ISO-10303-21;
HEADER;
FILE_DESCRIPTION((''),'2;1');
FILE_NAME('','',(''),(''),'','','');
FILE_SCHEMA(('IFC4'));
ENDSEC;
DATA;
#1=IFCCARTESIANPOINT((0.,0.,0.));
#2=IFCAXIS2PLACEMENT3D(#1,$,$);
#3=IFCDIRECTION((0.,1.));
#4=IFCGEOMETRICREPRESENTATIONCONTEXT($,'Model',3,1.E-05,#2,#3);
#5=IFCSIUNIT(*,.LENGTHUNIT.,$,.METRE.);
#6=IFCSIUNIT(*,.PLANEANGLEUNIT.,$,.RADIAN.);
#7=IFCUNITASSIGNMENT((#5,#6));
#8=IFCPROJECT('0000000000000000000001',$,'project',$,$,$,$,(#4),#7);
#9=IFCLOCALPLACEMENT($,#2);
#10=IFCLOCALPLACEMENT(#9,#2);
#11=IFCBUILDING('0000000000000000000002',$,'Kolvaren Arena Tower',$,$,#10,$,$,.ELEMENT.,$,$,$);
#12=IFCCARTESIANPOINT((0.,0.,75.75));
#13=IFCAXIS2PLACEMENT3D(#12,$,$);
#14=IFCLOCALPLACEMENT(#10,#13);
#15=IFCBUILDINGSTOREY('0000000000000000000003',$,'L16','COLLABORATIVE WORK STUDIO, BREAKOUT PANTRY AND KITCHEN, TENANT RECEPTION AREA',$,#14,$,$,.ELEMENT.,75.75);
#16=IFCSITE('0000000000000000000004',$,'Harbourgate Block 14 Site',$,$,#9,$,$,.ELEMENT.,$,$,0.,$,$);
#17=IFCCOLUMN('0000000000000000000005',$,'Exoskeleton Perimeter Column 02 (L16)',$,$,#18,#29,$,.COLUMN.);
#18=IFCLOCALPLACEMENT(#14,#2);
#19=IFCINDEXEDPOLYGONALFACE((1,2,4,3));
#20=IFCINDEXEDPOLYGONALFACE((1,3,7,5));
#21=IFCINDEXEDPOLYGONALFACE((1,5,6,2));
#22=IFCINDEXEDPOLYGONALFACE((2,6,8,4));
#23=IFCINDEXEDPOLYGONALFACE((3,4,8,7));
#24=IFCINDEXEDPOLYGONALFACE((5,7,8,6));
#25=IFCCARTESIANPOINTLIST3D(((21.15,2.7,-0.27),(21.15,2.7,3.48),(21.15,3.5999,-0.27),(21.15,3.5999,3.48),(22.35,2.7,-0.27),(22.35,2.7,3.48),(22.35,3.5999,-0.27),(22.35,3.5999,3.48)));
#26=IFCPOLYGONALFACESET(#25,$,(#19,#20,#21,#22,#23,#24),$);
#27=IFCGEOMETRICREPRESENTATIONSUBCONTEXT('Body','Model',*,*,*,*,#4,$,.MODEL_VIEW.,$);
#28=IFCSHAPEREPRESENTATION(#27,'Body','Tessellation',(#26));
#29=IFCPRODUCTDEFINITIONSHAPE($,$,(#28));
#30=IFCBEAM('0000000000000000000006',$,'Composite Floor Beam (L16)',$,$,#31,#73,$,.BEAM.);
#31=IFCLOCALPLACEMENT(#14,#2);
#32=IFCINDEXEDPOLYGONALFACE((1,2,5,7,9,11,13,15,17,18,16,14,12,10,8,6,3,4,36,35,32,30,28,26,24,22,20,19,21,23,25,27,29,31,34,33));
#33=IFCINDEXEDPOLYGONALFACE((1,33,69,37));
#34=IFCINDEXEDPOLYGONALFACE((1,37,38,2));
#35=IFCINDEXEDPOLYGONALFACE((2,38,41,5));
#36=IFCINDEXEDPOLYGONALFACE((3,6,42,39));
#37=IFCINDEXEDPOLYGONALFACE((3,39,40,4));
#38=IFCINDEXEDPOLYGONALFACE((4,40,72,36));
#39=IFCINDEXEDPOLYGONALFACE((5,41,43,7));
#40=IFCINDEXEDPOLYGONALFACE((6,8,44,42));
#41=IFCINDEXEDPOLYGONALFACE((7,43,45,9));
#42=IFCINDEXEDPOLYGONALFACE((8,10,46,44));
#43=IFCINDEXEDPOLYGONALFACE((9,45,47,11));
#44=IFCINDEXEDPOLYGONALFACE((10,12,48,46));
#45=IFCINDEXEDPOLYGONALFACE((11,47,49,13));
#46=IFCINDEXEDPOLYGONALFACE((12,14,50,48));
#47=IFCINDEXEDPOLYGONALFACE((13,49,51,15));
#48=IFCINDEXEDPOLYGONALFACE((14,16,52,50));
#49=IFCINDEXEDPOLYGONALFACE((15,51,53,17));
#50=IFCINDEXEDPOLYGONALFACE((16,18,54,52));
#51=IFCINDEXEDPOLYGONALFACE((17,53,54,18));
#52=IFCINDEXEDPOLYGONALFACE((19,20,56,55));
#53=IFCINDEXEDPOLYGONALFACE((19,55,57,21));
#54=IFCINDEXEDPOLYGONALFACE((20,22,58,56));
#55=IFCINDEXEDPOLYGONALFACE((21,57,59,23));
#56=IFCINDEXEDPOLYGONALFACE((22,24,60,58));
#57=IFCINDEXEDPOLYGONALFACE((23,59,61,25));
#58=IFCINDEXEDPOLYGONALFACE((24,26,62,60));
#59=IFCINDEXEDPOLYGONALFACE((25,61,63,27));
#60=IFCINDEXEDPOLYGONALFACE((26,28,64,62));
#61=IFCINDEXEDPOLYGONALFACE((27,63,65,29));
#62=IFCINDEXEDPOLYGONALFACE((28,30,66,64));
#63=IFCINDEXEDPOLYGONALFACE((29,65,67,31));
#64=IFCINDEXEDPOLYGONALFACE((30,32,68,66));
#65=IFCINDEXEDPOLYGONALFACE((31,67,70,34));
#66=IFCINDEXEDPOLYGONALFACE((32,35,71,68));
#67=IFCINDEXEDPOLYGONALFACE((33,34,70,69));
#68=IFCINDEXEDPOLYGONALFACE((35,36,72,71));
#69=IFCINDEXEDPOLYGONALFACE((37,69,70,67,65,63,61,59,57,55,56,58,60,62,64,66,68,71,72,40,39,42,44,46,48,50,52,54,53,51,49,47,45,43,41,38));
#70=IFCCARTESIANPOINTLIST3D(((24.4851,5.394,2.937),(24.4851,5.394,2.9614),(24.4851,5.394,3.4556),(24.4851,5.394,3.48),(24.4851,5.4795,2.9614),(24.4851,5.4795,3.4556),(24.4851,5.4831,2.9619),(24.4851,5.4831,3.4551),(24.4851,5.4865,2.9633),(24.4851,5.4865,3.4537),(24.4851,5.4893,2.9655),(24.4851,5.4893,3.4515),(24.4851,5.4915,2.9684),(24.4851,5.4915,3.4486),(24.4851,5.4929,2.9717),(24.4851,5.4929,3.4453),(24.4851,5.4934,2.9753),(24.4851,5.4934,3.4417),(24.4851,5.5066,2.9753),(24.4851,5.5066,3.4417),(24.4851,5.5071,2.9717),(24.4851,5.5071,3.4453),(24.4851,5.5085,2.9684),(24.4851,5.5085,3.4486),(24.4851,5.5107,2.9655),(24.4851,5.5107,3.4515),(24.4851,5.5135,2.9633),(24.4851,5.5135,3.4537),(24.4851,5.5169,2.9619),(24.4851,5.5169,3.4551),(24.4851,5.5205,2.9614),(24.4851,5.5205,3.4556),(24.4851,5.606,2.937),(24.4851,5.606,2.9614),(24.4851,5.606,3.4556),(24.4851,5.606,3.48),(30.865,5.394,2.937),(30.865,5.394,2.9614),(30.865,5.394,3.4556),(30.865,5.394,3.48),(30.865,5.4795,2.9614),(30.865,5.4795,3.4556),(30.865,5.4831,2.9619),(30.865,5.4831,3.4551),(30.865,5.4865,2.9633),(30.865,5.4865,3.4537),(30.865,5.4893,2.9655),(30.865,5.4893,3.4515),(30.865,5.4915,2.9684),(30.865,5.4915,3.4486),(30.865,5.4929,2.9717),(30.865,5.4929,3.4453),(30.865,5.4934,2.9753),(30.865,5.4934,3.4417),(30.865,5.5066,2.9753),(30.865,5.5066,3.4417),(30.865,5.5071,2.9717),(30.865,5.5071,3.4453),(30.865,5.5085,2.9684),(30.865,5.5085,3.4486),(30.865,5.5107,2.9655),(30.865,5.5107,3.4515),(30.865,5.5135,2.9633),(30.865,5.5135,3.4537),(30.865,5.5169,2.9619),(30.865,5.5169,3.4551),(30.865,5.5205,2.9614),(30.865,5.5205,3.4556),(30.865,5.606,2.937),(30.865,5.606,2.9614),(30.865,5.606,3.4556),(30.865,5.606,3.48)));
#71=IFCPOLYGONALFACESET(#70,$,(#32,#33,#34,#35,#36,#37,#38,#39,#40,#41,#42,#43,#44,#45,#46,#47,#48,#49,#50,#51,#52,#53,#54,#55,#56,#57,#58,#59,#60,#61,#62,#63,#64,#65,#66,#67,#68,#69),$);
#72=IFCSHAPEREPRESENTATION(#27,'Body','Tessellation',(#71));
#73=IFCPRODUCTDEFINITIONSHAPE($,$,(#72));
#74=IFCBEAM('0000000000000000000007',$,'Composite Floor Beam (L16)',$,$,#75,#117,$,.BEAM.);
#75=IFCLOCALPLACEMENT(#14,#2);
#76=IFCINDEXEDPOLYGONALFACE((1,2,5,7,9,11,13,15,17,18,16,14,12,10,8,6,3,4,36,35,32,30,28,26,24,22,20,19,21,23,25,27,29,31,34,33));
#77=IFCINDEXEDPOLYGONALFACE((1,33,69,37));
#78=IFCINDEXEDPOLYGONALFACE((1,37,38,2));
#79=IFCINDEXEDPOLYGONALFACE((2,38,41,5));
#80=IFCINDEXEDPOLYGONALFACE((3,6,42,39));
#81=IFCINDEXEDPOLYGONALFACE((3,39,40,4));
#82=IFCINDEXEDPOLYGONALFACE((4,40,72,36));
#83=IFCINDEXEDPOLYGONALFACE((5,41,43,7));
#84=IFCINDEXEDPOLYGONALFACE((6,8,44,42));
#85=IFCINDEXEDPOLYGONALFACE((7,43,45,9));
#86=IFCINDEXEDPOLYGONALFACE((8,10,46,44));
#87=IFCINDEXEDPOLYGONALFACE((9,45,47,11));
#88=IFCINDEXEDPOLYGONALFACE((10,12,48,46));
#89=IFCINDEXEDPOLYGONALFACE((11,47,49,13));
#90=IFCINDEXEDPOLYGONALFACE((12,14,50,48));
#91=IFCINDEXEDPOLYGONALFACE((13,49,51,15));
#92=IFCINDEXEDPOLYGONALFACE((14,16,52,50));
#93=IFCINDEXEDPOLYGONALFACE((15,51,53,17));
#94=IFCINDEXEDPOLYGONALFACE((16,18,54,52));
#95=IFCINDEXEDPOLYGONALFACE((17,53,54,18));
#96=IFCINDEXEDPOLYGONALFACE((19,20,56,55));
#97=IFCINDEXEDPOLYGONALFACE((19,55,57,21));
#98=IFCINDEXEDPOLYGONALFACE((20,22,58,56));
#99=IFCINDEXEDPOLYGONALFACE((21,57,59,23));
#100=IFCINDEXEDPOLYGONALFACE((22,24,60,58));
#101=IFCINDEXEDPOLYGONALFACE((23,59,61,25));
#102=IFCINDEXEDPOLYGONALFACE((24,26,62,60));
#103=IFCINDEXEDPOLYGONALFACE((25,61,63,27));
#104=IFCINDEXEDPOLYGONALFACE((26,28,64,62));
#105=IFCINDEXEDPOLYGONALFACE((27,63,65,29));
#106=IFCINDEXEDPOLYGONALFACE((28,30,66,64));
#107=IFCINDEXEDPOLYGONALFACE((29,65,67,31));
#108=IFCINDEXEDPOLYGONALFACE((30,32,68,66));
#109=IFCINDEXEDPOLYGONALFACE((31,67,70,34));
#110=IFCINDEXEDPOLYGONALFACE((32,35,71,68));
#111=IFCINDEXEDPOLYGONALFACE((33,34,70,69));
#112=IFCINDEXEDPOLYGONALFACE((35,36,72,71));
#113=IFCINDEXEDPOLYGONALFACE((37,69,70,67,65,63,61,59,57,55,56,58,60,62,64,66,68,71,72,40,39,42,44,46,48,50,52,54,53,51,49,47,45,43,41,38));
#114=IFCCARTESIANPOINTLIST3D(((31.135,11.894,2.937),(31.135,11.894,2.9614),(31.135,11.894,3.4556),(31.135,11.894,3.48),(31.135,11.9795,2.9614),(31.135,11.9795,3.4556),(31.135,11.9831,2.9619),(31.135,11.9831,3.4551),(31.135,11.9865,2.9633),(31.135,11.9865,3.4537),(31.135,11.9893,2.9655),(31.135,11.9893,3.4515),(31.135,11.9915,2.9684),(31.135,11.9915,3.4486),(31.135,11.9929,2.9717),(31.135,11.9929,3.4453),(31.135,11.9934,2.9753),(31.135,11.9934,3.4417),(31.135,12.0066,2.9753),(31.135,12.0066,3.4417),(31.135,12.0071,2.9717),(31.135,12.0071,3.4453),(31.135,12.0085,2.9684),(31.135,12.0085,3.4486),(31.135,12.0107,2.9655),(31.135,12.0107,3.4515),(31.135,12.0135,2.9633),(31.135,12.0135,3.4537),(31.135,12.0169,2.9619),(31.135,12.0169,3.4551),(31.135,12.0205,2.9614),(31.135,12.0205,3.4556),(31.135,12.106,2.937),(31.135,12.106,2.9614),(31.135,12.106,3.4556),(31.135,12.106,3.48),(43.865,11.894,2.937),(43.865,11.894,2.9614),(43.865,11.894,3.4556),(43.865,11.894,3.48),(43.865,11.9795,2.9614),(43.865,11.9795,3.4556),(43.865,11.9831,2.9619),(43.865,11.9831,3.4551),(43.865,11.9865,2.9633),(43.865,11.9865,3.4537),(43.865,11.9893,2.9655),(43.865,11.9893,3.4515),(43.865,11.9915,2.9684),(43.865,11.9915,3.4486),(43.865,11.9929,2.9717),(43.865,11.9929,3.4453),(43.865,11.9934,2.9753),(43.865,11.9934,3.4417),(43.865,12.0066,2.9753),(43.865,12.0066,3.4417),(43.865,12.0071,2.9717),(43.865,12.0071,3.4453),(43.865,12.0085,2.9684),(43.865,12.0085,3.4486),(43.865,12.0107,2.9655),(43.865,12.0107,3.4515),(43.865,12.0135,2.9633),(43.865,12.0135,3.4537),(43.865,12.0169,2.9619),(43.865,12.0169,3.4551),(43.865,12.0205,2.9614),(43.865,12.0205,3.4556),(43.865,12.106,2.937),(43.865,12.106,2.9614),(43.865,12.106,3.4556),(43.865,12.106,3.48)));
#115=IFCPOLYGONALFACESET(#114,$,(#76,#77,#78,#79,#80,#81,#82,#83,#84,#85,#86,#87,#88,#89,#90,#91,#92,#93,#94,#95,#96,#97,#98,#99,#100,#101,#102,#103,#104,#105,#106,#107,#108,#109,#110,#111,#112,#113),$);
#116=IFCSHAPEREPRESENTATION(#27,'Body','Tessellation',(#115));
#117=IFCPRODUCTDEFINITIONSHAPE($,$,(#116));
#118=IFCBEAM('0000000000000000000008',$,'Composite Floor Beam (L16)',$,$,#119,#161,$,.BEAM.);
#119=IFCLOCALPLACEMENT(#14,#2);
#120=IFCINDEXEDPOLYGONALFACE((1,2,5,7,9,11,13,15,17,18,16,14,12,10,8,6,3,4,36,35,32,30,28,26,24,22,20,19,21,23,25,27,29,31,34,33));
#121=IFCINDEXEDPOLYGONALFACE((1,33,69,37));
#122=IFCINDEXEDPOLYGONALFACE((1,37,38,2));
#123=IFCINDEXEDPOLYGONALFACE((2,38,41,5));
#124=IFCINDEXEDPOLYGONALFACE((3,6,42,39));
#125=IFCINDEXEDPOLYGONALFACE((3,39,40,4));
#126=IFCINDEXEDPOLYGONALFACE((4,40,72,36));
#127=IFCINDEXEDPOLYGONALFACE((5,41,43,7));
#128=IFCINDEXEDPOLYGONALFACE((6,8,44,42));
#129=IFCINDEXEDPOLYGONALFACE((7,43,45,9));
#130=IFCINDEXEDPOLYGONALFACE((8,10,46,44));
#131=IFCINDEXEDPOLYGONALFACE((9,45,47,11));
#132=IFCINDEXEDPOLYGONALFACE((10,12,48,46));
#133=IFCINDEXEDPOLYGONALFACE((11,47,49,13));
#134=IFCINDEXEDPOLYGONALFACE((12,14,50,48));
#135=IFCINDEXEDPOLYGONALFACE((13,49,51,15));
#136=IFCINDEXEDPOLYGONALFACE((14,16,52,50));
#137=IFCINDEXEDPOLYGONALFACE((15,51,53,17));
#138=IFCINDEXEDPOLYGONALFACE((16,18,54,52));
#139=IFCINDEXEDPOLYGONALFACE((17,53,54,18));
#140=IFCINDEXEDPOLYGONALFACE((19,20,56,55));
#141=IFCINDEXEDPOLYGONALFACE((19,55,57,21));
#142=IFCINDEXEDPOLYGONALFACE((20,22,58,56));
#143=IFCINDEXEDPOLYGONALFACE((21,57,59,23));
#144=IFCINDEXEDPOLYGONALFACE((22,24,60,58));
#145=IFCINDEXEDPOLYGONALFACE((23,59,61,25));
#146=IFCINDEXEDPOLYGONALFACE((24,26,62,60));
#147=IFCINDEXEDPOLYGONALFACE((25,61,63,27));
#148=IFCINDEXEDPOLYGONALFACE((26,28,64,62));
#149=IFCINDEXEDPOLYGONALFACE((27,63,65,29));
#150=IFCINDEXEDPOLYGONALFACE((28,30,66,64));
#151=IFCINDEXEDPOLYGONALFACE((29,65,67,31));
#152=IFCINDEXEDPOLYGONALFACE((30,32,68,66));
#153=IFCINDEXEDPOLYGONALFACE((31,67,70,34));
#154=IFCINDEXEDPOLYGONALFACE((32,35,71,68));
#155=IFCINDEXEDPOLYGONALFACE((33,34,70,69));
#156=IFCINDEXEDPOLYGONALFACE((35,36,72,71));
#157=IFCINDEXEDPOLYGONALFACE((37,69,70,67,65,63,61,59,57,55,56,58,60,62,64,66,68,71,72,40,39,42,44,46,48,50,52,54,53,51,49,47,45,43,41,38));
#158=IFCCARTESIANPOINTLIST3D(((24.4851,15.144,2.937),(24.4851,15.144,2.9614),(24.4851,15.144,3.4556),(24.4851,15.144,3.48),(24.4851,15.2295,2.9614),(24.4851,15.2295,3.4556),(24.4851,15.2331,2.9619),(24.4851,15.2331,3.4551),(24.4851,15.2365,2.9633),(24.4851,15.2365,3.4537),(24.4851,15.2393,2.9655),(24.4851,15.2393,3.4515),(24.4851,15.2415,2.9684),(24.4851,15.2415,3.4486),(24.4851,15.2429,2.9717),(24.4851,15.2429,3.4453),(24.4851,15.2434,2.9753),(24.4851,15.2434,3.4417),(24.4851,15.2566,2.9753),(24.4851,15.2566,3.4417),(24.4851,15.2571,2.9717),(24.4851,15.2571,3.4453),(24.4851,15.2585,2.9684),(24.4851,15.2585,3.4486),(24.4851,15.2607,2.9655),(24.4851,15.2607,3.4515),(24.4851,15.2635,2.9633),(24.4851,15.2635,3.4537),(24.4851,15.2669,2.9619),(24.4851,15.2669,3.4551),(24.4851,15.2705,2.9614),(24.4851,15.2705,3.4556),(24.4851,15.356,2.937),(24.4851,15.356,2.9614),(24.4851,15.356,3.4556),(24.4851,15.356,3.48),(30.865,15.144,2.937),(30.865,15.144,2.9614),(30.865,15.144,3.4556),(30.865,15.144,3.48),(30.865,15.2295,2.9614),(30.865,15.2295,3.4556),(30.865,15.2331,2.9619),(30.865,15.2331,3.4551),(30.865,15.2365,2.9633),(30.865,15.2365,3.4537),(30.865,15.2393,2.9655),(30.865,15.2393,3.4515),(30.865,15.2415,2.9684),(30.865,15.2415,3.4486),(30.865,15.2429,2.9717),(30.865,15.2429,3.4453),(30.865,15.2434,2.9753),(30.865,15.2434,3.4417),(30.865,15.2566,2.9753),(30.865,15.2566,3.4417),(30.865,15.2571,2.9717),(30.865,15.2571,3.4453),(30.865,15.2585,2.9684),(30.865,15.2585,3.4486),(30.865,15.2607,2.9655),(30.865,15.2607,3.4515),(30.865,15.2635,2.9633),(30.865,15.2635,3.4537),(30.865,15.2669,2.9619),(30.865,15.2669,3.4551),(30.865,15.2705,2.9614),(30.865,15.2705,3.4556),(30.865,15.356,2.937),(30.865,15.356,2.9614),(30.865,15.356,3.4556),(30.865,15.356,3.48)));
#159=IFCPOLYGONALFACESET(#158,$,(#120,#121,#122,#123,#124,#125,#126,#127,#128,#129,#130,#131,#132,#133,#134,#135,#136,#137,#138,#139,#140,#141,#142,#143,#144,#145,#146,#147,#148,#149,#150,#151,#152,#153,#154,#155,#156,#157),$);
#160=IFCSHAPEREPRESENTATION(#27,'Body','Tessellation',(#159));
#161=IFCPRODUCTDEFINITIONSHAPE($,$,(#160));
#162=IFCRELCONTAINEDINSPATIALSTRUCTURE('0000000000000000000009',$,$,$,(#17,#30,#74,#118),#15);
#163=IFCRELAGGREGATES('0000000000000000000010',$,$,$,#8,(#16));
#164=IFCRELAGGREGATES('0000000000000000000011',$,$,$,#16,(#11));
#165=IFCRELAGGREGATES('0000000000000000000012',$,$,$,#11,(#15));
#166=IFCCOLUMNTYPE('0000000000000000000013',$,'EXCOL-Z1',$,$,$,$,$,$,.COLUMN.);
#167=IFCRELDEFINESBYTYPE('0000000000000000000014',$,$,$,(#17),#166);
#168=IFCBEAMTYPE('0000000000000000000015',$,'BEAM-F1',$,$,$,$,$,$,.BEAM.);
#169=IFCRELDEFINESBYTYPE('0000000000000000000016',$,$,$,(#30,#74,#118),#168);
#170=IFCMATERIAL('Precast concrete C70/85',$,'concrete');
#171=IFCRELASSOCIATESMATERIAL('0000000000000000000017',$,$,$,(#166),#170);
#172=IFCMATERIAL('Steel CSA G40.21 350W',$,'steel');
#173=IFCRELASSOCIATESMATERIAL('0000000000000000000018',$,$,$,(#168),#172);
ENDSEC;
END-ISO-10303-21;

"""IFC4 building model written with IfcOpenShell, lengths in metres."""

from ifc_helpers import new_model, si_unit, direction, frame, origin, origin_2d, place, context, subcontext, project, spatial, rectangle, i_section, extrude, material, material_profile, profile_set, type_object, element, save


model = new_model("IFC4")

# Units and contexts
model_context = context("Model", 3, precision=1e-05, world=origin(), true_north=direction((0.0, 1.0)))
body_context = subcontext(model_context, "Body", "Model", "MODEL_VIEW")
ifc_project = project(units=[si_unit("LENGTHUNIT", "METRE"), si_unit("PLANEANGLEUNIT", "RADIAN")], contexts=[model_context])

# Site, building, storey
site_placement = place(None, origin())
site = spatial("IfcSite", under=ifc_project, at=site_placement, Name="Harbourgate Block 14 Site", CompositionType="ELEMENT", RefElevation=0.0)
building_placement = place(site_placement, origin())
building = spatial("IfcBuilding", under=site, at=building_placement, Name="Kolvaren Arena Tower", CompositionType="ELEMENT")
storey_placement = place(building_placement, frame((0.0, 0.0, 75.75)))
storey = spatial("IfcBuildingStorey", under=building, at=storey_placement, Name="L16", Description="COLLABORATIVE WORK STUDIO, BREAKOUT PANTRY AND KITCHEN, TENANT RECEPTION AREA", CompositionType="ELEMENT", Elevation=75.75)

# Column
ifc_material_1 = material(Name="Precast concrete C70/85", Category="concrete")
ifc_material_profile_1 = material_profile(ifc_material_1, rectangle(XDim=1.2, YDim=0.8999, at=origin_2d()), Name="RC-1200x900")
ifc_profile_set_1 = profile_set([ifc_material_profile_1], Name="Precast concrete C70/85")
column_type = type_object("IfcColumnType", Name="EXCOL-Z1", PredefinedType="COLUMN", material=ifc_profile_set_1)
column_placement = place(storey_placement, frame((21.75, 3.1499, -0.27), z_axis=(0.0, 0.0, 1.0), x_axis=(1.0, 0.0, 0.0)))
element("IfcColumn", 1, at=column_placement, inside=storey, type_object=column_type, Name="Exoskeleton Perimeter Column 02 (L16)", PredefinedType="COLUMN", context=body_context, shape_type="SweptSolid", body=[
    extrude(rectangle(XDim=1.2, YDim=0.8999, at=origin_2d()), origin(), (0.0, 0.0, 1.0), 3.75),
])

# Beams
ifc_material_2 = material(Name="Steel CSA G40.21 350W", Category="steel")
ifc_material_profile_2 = material_profile(ifc_material_2, i_section(OverallWidth=0.2119, OverallDepth=0.543, WebThickness=0.0132, FlangeThickness=0.0244, FilletRadius=0.0139, at=origin_2d()), Name="W530x150")
ifc_profile_set_2 = profile_set([ifc_material_profile_2], Name="Steel CSA G40.21 350W")
beam_type_1 = type_object("IfcBeamType", Name="BEAM-F1", PredefinedType="BEAM", material=ifc_profile_set_2)
beam_1_placement = place(storey_placement, frame((24.4851, 5.5, 3.2085), z_axis=(1.0, 0.0, 0.0), x_axis=(0.0, 1.0, 0.0)))
element("IfcBeam", 2, at=beam_1_placement, inside=storey, type_object=beam_type_1, Name="Composite Floor Beam (L16)", PredefinedType="BEAM", context=body_context, shape_type="SweptSolid", body=[
    extrude(i_section(OverallWidth=0.2119, OverallDepth=0.543, WebThickness=0.0132, FlangeThickness=0.0244, FilletRadius=0.0139, at=origin_2d()), origin(), (0.0, 0.0, 1.0), 6.3799),
])
beam_2_placement = place(storey_placement, frame((31.135, 12.0, 3.2085), z_axis=(1.0, 0.0, 0.0), x_axis=(0.0, 1.0, 0.0)))
element("IfcBeam", 3, at=beam_2_placement, inside=storey, type_object=beam_type_1, Name="Composite Floor Beam (L16)", PredefinedType="BEAM", context=body_context, shape_type="SweptSolid", body=[
    extrude(i_section(OverallWidth=0.2119, OverallDepth=0.543, WebThickness=0.0132, FlangeThickness=0.0244, FilletRadius=0.0139, at=origin_2d()), origin(), (0.0, 0.0, 1.0), 12.73),
])
beam_3_placement = place(storey_placement, frame((24.4851, 15.25, 3.2085), z_axis=(1.0, 0.0, 0.0), x_axis=(0.0, 1.0, 0.0)))
element("IfcBeam", 4, at=beam_3_placement, inside=storey, type_object=beam_type_1, Name="Composite Floor Beam (L16)", PredefinedType="BEAM", context=body_context, shape_type="SweptSolid", body=[
    extrude(i_section(OverallWidth=0.2119, OverallDepth=0.543, WebThickness=0.0132, FlangeThickness=0.0244, FilletRadius=0.0139, at=origin_2d()), origin(), (0.0, 0.0, 1.0), 6.3799),
])

save(model, "model.ifc")
